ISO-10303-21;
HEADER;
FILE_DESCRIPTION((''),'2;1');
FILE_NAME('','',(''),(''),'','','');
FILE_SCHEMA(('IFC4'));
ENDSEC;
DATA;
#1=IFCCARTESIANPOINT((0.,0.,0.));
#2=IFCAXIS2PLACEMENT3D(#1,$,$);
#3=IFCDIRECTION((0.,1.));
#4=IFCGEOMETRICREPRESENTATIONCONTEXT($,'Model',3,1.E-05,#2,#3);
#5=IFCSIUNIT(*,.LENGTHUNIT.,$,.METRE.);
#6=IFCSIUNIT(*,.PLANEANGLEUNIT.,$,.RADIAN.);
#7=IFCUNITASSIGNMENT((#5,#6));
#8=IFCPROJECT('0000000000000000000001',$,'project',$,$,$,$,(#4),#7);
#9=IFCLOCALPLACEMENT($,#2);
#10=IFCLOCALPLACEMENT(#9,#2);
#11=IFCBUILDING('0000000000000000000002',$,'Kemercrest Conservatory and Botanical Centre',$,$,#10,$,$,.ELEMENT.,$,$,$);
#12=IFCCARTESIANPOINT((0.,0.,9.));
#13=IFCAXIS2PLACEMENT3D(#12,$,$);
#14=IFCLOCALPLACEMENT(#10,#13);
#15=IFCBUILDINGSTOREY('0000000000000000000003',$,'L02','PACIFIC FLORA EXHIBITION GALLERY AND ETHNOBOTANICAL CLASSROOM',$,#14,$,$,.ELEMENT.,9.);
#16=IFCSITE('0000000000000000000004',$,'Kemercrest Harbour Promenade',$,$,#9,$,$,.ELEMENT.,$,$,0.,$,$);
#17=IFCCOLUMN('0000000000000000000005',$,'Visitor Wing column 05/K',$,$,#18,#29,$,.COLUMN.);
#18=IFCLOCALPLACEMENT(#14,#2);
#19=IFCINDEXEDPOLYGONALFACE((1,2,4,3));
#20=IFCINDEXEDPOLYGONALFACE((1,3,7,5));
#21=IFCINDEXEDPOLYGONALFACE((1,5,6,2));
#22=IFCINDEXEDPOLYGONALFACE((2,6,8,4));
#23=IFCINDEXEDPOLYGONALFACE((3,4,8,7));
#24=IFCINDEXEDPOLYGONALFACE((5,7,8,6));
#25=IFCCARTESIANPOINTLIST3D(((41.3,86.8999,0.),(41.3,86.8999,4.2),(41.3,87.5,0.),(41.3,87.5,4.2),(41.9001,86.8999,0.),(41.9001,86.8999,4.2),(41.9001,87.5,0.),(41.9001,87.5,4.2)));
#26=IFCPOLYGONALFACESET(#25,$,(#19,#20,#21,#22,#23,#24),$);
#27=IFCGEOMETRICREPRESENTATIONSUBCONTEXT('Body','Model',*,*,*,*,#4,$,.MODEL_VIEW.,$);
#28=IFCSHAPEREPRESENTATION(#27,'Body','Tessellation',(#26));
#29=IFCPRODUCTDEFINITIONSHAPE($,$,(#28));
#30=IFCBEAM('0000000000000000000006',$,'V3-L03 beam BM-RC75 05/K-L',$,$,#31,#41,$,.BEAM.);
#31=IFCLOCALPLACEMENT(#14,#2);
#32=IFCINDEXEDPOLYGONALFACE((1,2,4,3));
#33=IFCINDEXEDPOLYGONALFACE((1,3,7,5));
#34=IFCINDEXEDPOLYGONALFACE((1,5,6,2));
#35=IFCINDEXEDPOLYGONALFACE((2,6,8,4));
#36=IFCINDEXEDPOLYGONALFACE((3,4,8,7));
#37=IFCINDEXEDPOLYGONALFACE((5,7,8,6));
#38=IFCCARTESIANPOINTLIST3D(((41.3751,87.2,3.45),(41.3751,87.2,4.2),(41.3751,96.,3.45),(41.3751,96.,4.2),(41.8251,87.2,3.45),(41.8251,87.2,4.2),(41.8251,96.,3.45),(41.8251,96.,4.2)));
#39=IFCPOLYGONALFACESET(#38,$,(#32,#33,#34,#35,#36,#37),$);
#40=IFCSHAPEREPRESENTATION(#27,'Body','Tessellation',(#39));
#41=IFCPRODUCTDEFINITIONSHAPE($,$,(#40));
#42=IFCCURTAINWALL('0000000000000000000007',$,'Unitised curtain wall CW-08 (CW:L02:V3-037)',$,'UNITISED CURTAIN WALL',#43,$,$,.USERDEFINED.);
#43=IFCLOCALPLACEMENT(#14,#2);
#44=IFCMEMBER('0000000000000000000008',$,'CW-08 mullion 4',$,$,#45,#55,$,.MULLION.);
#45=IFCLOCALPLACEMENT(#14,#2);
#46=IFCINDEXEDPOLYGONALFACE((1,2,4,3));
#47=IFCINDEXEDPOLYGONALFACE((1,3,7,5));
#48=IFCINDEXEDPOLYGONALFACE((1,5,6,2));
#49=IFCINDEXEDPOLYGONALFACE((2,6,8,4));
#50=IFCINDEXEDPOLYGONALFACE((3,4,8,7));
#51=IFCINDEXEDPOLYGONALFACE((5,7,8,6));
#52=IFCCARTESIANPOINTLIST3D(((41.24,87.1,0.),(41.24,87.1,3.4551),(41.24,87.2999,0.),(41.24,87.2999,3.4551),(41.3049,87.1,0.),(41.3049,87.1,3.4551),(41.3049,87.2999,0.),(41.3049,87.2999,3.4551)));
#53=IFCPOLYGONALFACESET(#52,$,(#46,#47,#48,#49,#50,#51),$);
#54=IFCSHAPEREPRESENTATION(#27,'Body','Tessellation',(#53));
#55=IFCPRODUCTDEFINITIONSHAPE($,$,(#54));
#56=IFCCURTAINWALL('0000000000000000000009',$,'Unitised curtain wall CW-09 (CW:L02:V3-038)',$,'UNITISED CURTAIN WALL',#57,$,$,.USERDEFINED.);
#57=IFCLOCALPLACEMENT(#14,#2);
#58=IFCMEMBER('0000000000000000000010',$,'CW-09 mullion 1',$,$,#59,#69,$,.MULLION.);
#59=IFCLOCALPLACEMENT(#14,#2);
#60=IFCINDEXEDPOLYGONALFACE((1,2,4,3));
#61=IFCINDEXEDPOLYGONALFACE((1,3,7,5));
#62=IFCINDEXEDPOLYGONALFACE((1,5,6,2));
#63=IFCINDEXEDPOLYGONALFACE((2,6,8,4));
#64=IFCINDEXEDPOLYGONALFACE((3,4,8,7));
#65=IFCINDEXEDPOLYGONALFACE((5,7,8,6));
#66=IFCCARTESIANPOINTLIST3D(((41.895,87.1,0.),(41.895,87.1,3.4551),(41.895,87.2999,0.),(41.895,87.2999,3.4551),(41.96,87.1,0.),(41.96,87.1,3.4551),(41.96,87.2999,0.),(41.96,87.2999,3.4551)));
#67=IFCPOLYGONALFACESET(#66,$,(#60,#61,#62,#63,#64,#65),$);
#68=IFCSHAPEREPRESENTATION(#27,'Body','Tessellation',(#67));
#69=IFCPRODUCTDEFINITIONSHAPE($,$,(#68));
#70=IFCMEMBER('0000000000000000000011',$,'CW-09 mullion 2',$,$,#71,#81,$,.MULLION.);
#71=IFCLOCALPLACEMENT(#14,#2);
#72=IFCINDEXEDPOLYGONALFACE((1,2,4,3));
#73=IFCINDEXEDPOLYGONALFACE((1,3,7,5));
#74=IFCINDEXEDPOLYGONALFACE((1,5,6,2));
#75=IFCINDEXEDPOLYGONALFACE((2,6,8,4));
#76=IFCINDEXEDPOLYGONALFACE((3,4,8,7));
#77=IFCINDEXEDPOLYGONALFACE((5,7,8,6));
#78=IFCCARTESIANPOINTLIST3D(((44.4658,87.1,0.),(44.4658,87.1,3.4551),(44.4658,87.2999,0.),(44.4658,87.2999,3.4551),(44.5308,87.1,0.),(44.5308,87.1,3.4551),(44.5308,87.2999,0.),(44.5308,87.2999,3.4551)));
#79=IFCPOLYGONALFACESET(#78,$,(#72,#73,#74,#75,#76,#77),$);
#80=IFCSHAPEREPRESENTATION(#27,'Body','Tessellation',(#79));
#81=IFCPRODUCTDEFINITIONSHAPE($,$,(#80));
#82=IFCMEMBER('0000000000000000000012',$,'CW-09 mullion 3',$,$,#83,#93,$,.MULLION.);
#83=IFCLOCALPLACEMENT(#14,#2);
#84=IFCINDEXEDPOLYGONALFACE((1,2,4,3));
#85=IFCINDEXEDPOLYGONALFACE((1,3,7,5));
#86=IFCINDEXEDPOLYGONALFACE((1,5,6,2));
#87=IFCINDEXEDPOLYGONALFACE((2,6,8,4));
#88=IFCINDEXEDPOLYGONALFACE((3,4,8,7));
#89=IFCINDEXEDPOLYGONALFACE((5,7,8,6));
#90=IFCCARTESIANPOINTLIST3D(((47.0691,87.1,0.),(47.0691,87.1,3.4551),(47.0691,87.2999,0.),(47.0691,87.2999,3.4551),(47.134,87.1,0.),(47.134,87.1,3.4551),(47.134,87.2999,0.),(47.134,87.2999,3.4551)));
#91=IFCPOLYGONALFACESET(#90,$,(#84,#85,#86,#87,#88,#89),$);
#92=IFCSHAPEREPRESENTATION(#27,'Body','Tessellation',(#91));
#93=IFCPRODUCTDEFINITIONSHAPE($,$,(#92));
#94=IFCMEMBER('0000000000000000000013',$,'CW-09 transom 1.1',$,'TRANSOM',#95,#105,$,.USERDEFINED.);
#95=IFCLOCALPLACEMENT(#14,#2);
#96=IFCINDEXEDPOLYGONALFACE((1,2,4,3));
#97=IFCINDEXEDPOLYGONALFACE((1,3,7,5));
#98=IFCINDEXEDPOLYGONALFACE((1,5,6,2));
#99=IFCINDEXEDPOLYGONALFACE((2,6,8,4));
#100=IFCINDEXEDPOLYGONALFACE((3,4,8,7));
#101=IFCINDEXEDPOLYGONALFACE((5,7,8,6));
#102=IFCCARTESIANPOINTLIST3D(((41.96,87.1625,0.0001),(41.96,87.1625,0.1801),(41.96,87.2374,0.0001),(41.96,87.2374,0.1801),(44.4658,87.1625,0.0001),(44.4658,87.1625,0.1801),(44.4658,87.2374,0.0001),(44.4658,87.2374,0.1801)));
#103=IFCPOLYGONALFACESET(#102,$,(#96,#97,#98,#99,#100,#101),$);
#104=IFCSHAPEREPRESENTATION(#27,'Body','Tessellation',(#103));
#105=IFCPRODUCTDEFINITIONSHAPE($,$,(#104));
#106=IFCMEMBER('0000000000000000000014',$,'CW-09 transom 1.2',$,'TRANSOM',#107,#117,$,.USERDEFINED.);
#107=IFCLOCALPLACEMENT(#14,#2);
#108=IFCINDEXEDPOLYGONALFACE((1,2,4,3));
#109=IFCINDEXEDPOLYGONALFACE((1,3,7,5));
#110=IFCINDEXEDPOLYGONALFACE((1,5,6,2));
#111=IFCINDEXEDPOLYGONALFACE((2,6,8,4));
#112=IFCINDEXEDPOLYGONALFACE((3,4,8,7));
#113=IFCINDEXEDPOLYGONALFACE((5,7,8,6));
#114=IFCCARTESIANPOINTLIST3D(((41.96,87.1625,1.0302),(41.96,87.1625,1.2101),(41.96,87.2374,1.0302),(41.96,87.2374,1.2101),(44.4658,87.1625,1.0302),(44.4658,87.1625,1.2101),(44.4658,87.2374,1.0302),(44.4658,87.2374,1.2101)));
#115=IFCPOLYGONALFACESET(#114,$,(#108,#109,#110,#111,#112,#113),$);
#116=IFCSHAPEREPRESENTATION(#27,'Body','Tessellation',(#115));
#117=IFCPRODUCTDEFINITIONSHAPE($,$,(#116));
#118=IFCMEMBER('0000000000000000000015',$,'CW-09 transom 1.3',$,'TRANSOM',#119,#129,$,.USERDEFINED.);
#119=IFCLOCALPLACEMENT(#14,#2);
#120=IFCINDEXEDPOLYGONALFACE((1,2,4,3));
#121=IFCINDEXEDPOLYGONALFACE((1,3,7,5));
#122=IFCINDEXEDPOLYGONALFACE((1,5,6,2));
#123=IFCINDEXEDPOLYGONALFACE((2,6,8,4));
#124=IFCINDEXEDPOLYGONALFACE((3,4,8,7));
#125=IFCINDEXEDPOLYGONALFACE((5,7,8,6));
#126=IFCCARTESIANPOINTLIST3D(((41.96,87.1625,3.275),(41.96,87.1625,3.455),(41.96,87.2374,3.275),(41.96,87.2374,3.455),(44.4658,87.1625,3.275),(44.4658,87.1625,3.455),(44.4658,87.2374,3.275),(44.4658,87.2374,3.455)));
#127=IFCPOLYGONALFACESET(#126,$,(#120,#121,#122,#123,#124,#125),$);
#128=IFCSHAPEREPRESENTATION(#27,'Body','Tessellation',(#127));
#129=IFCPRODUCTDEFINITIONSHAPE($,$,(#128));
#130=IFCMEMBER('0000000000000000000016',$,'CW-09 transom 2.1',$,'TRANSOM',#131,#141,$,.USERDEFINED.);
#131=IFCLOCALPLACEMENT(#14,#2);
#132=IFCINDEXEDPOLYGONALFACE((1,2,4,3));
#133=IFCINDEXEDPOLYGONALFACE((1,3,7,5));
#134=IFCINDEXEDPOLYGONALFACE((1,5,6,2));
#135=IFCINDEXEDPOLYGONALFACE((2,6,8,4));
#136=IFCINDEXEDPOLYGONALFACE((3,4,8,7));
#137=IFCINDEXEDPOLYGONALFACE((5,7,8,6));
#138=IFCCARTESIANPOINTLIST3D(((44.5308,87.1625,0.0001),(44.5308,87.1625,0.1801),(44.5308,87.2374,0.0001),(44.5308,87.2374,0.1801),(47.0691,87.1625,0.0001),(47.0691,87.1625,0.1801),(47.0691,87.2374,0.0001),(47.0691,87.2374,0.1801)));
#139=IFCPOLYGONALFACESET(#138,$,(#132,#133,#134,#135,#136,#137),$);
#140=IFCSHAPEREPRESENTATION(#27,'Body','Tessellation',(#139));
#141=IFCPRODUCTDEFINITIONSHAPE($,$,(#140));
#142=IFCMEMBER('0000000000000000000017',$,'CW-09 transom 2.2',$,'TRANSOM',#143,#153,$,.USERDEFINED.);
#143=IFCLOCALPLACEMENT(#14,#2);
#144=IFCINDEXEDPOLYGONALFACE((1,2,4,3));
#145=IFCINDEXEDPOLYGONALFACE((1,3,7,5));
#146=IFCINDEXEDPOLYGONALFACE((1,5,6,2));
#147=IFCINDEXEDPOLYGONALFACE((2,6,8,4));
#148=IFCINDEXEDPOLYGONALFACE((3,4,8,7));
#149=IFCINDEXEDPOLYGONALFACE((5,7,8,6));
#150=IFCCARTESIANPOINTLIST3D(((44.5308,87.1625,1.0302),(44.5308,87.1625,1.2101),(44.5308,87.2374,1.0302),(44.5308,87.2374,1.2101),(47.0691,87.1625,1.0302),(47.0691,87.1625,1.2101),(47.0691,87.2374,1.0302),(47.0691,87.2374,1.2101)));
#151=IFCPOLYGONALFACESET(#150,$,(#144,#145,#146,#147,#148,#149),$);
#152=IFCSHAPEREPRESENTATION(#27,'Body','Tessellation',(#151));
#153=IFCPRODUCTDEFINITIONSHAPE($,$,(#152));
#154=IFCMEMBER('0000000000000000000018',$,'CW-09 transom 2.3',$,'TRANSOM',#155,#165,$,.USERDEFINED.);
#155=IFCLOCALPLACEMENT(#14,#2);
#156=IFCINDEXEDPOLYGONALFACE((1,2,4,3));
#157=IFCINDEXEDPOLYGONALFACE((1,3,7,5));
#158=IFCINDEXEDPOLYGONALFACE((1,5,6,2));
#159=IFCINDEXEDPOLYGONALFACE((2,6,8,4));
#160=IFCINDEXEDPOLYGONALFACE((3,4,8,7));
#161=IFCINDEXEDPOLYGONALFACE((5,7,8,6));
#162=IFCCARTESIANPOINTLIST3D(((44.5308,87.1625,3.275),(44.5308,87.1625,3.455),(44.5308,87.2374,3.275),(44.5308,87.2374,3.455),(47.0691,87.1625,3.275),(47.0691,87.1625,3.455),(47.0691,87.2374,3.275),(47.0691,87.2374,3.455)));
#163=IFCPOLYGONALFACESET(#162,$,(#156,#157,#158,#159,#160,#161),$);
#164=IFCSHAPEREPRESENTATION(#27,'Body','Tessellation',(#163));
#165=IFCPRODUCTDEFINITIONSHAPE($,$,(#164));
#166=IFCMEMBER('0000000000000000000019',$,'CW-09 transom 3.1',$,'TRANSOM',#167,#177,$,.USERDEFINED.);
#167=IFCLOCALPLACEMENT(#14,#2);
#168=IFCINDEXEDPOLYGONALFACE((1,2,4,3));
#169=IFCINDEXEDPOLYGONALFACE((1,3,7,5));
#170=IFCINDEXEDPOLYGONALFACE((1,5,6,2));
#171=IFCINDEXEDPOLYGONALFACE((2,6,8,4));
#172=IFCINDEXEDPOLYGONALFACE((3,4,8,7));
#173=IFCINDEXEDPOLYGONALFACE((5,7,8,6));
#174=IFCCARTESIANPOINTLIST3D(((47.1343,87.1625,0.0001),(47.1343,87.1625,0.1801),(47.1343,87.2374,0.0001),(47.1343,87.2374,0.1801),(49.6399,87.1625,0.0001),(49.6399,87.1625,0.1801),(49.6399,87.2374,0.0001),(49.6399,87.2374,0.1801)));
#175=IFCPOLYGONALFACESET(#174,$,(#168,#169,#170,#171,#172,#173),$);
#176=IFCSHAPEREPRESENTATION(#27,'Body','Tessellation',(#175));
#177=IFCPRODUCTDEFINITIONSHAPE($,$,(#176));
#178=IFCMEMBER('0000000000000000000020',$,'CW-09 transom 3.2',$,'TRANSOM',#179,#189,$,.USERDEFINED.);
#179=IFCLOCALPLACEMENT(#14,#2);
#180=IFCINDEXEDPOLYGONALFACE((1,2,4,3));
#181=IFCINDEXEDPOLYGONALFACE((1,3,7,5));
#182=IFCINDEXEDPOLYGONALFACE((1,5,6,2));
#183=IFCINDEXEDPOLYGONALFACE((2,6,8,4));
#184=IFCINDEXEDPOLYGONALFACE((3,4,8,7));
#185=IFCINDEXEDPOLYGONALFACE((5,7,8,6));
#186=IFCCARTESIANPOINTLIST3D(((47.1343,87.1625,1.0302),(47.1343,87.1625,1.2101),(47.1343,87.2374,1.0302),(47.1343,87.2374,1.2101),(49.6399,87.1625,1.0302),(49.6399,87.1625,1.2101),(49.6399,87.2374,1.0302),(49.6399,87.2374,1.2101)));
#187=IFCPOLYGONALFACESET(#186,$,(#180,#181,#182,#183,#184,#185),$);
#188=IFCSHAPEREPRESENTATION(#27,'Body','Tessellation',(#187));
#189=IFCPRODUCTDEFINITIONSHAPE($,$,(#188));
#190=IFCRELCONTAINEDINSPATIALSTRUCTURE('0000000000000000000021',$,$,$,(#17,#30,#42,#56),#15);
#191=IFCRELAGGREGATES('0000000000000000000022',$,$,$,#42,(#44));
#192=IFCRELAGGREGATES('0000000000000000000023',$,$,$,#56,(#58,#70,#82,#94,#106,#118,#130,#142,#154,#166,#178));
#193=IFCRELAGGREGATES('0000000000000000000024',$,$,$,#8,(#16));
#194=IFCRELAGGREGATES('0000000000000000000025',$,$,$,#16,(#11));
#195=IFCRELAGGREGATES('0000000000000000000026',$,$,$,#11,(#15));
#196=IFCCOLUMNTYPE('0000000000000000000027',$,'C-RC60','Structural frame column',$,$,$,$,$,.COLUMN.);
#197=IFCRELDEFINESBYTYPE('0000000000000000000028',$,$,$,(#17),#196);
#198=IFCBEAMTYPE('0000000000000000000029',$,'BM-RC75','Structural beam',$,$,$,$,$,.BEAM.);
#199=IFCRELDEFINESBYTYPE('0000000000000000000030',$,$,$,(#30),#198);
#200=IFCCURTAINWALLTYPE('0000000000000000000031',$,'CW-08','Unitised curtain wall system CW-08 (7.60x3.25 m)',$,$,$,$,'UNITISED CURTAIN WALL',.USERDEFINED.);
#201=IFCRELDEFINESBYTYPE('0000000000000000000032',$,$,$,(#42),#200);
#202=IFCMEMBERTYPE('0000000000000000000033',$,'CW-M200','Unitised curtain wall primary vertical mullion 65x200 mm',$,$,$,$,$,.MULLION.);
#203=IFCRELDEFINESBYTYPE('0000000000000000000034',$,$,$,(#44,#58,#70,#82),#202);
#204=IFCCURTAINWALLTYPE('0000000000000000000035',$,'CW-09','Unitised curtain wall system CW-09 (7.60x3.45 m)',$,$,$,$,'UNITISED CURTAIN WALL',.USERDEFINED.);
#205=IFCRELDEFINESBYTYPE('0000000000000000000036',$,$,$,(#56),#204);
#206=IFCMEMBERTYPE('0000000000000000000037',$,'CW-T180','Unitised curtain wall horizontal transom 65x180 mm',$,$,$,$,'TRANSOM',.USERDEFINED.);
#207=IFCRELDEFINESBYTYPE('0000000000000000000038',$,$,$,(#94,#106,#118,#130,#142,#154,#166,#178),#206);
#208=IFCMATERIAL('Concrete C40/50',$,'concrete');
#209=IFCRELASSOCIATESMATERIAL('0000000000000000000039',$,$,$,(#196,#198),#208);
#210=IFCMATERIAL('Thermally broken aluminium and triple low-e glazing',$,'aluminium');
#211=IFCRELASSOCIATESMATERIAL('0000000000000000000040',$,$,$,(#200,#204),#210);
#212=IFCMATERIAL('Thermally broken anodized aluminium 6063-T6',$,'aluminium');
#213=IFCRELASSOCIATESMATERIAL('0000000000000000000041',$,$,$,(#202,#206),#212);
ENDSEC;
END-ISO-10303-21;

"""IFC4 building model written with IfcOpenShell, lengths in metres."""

from ifc_helpers import new_model, si_unit, direction, frame, origin, origin_2d, place, context, subcontext, project, spatial, rectangle, extrude, material, material_profile, profile_set, type_object, element, aggregate, save


model = new_model("IFC4")

# Units and contexts
model_context = context("Model", 3, precision=1e-05, world=origin(), true_north=direction((0.0, 1.0)))
body_context = subcontext(model_context, "Body", "Model", "MODEL_VIEW")
ifc_project = project(units=[si_unit("LENGTHUNIT", "METRE"), si_unit("PLANEANGLEUNIT", "RADIAN")], contexts=[model_context])

# Site, building, storey
site_placement = place(None, origin())
site = spatial("IfcSite", under=ifc_project, at=site_placement, Name="Kemercrest Harbour Promenade", CompositionType="ELEMENT", RefElevation=0.0)
building_placement = place(site_placement, origin())
building = spatial("IfcBuilding", under=site, at=building_placement, Name="Kemercrest Conservatory and Botanical Centre", CompositionType="ELEMENT")
storey_placement = place(building_placement, frame((0.0, 0.0, 9.0)))
storey = spatial("IfcBuildingStorey", under=building, at=storey_placement, Name="L02", Description="PACIFIC FLORA EXHIBITION GALLERY AND ETHNOBOTANICAL CLASSROOM", CompositionType="ELEMENT", Elevation=9.0)

# Column
ifc_material_1 = material(Name="Concrete C40/50", Category="concrete")
ifc_material_profile_1 = material_profile(ifc_material_1, rectangle(XDim=0.6001, YDim=0.6001, at=origin_2d()), Name="RC 600x600")
ifc_profile_set_1 = profile_set([ifc_material_profile_1], Name="Concrete C40/50")
column_type = type_object("IfcColumnType", Name="C-RC60", Description="Structural frame column", PredefinedType="COLUMN", material=ifc_profile_set_1)
column_placement = place(storey_placement, frame((41.6001, 87.2, 0.0), z_axis=(0.0, 0.0, 1.0), x_axis=(1.0, 0.0, 0.0)))
element("IfcColumn", 1, at=column_placement, inside=storey, type_object=column_type, Name="Visitor Wing column 05/K", PredefinedType="COLUMN", context=body_context, shape_type="SweptSolid", body=[
    extrude(rectangle(XDim=0.6001, YDim=0.6001, at=origin_2d()), origin(), (0.0, 0.0, 1.0), 4.2),
])

# Beam
ifc_material_profile_2 = material_profile(ifc_material_1, rectangle(XDim=0.45, YDim=0.75, at=origin_2d()), Name="RC 450x750")
ifc_profile_set_2 = profile_set([ifc_material_profile_2], Name="Concrete C40/50")
beam_type_1 = type_object("IfcBeamType", Name="BM-RC75", Description="Structural beam", PredefinedType="BEAM", material=ifc_profile_set_2)
beam_1_placement = place(storey_placement, frame((41.6001, 87.2, 3.825), z_axis=(0.0, 1.0, 0.0), x_axis=(-1.0, 0.0, 0.0)))
element("IfcBeam", 2, at=beam_1_placement, inside=storey, type_object=beam_type_1, Name="V3-L03 beam BM-RC75 05/K-L", PredefinedType="BEAM", context=body_context, shape_type="SweptSolid", body=[
    extrude(rectangle(XDim=0.45, YDim=0.75, at=origin_2d()), origin(), (0.0, 0.0, 1.0), 8.8),
])

# Curtain wall, member
ifc_material_2 = material(Name="Thermally broken aluminium and triple low-e glazing", Category="aluminium")
curtain_wall_type_1 = type_object("IfcCurtainWallType", Name="CW-08", Description="Unitised curtain wall system CW-08 (7.60x3.25 m)", ElementType="UNITISED CURTAIN WALL", PredefinedType="USERDEFINED", material=ifc_material_2)
curtain_wall_1_placement = place(storey_placement, origin())
curtain_wall_1 = element("IfcCurtainWall", 3, at=curtain_wall_1_placement, inside=storey, type_object=curtain_wall_type_1, Name="Unitised curtain wall CW-08 (CW:L02:V3-037)", ObjectType="UNITISED CURTAIN WALL", PredefinedType="USERDEFINED")
ifc_material_3 = material(Name="Thermally broken anodized aluminium 6063-T6", Category="aluminium")
ifc_material_profile_3 = material_profile(ifc_material_3, rectangle(XDim=0.2, YDim=0.0649, at=origin_2d()), Name="AL MULLION 65x200")
ifc_profile_set_3 = profile_set([ifc_material_profile_3], Name="Thermally broken anodized aluminium 6063-T6")
member_type_1 = type_object("IfcMemberType", Name="CW-M200", Description="Unitised curtain wall primary vertical mullion 65x200 mm", PredefinedType="MULLION", material=ifc_profile_set_3)
member_1_placement = place(storey_placement, frame((41.2725, 87.2, 0.0), z_axis=(0.0, 0.0, 1.0), x_axis=(0.0, 1.0, 0.0)))
member_1 = element("IfcMember", 4, at=member_1_placement, type_object=member_type_1, Name="CW-08 mullion 4", PredefinedType="MULLION", context=body_context, shape_type="SweptSolid", body=[
    extrude(rectangle(XDim=0.2, YDim=0.0649, at=origin_2d()), origin(), (0.0, 0.0, 1.0), 3.4551),
])

# Curtain wall, members
curtain_wall_type_2 = type_object("IfcCurtainWallType", Name="CW-09", Description="Unitised curtain wall system CW-09 (7.60x3.45 m)", ElementType="UNITISED CURTAIN WALL", PredefinedType="USERDEFINED", material=ifc_material_2)
curtain_wall_2_placement = place(storey_placement, origin())
curtain_wall_2 = element("IfcCurtainWall", 5, at=curtain_wall_2_placement, inside=storey, type_object=curtain_wall_type_2, Name="Unitised curtain wall CW-09 (CW:L02:V3-038)", ObjectType="UNITISED CURTAIN WALL", PredefinedType="USERDEFINED")
member_2_placement = place(storey_placement, frame((41.9275, 87.2, 0.0), z_axis=(0.0, 0.0, 1.0), x_axis=(0.0, 1.0, 0.0)))
member_2 = element("IfcMember", 6, at=member_2_placement, type_object=member_type_1, Name="CW-09 mullion 1", PredefinedType="MULLION", context=body_context, shape_type="SweptSolid", body=[
    extrude(rectangle(XDim=0.2, YDim=0.0649, at=origin_2d()), origin(), (0.0, 0.0, 1.0), 3.4551),
])
member_3_placement = place(storey_placement, frame((44.4983, 87.2, 0.0), z_axis=(0.0, 0.0, 1.0), x_axis=(0.0, 1.0, 0.0)))
member_3 = element("IfcMember", 7, at=member_3_placement, type_object=member_type_1, Name="CW-09 mullion 2", PredefinedType="MULLION", context=body_context, shape_type="SweptSolid", body=[
    extrude(rectangle(XDim=0.2, YDim=0.0649, at=origin_2d()), origin(), (0.0, 0.0, 1.0), 3.4551),
])
member_4_placement = place(storey_placement, frame((47.1016, 87.2, 0.0), z_axis=(0.0, 0.0, 1.0), x_axis=(0.0, 1.0, 0.0)))
member_4 = element("IfcMember", 8, at=member_4_placement, type_object=member_type_1, Name="CW-09 mullion 3", PredefinedType="MULLION", context=body_context, shape_type="SweptSolid", body=[
    extrude(rectangle(XDim=0.2, YDim=0.0649, at=origin_2d()), origin(), (0.0, 0.0, 1.0), 3.4551),
])
ifc_material_profile_4 = material_profile(ifc_material_3, rectangle(XDim=0.075, YDim=0.1799, at=origin_2d()), Name="AL TRANSOM 75x180")
ifc_profile_set_4 = profile_set([ifc_material_profile_4], Name="Thermally broken anodized aluminium 6063-T6")
member_type_2 = type_object("IfcMemberType", Name="CW-T180", Description="Unitised curtain wall horizontal transom 65x180 mm", ElementType="TRANSOM", PredefinedType="USERDEFINED", material=ifc_profile_set_4)
member_5_placement = place(storey_placement, frame((41.96, 87.2, 0.0901), z_axis=(1.0, 0.0, 0.0), x_axis=(0.0, 1.0, 0.0)))
member_5 = element("IfcMember", 9, at=member_5_placement, type_object=member_type_2, Name="CW-09 transom 1.1", ObjectType="TRANSOM", PredefinedType="USERDEFINED", context=body_context, shape_type="SweptSolid", body=[
    extrude(rectangle(XDim=0.075, YDim=0.1799, at=origin_2d()), origin(), (0.0, 0.0, 1.0), 2.5059),
])
member_6_placement = place(storey_placement, frame((41.96, 87.2, 1.1201), z_axis=(1.0, 0.0, 0.0), x_axis=(0.0, 1.0, 0.0)))
member_6 = element("IfcMember", 10, at=member_6_placement, type_object=member_type_2, Name="CW-09 transom 1.2", ObjectType="TRANSOM", PredefinedType="USERDEFINED", context=body_context, shape_type="SweptSolid", body=[
    extrude(rectangle(XDim=0.075, YDim=0.1799, at=origin_2d()), origin(), (0.0, 0.0, 1.0), 2.5059),
])
member_7_placement = place(storey_placement, frame((41.96, 87.2, 3.365), z_axis=(1.0, 0.0, 0.0), x_axis=(0.0, 1.0, 0.0)))
member_7 = element("IfcMember", 11, at=member_7_placement, type_object=member_type_2, Name="CW-09 transom 1.3", ObjectType="TRANSOM", PredefinedType="USERDEFINED", context=body_context, shape_type="SweptSolid", body=[
    extrude(rectangle(XDim=0.075, YDim=0.1799, at=origin_2d()), origin(), (0.0, 0.0, 1.0), 2.5059),
])
member_8_placement = place(storey_placement, frame((44.5308, 87.2, 0.0901), z_axis=(1.0, 0.0, 0.0), x_axis=(0.0, 1.0, 0.0)))
member_8 = element("IfcMember", 12, at=member_8_placement, type_object=member_type_2, Name="CW-09 transom 2.1", ObjectType="TRANSOM", PredefinedType="USERDEFINED", context=body_context, shape_type="SweptSolid", body=[
    extrude(rectangle(XDim=0.075, YDim=0.1799, at=origin_2d()), origin(), (0.0, 0.0, 1.0), 2.5383),
])
member_9_placement = place(storey_placement, frame((44.5308, 87.2, 1.1201), z_axis=(1.0, 0.0, 0.0), x_axis=(0.0, 1.0, 0.0)))
member_9 = element("IfcMember", 13, at=member_9_placement, type_object=member_type_2, Name="CW-09 transom 2.2", ObjectType="TRANSOM", PredefinedType="USERDEFINED", context=body_context, shape_type="SweptSolid", body=[
    extrude(rectangle(XDim=0.075, YDim=0.1799, at=origin_2d()), origin(), (0.0, 0.0, 1.0), 2.5383),
])
member_10_placement = place(storey_placement, frame((44.5308, 87.2, 3.365), z_axis=(1.0, 0.0, 0.0), x_axis=(0.0, 1.0, 0.0)))
member_10 = element("IfcMember", 14, at=member_10_placement, type_object=member_type_2, Name="CW-09 transom 2.3", ObjectType="TRANSOM", PredefinedType="USERDEFINED", context=body_context, shape_type="SweptSolid", body=[
    extrude(rectangle(XDim=0.075, YDim=0.1799, at=origin_2d()), origin(), (0.0, 0.0, 1.0), 2.5383),
])
member_11_placement = place(storey_placement, frame((47.1343, 87.2, 0.0901), z_axis=(1.0, 0.0, 0.0), x_axis=(0.0, 1.0, 0.0)))
member_11 = element("IfcMember", 15, at=member_11_placement, type_object=member_type_2, Name="CW-09 transom 3.1", ObjectType="TRANSOM", PredefinedType="USERDEFINED", context=body_context, shape_type="SweptSolid", body=[
    extrude(rectangle(XDim=0.075, YDim=0.1799, at=origin_2d()), origin(), (0.0, 0.0, 1.0), 2.5056),
])
member_12_placement = place(storey_placement, frame((47.1343, 87.2, 1.1201), z_axis=(1.0, 0.0, 0.0), x_axis=(0.0, 1.0, 0.0)))
member_12 = element("IfcMember", 16, at=member_12_placement, type_object=member_type_2, Name="CW-09 transom 3.2", ObjectType="TRANSOM", PredefinedType="USERDEFINED", context=body_context, shape_type="SweptSolid", body=[
    extrude(rectangle(XDim=0.075, YDim=0.1799, at=origin_2d()), origin(), (0.0, 0.0, 1.0), 2.5056),
])

aggregate(curtain_wall_1, [member_1])
aggregate(curtain_wall_2, [member_2, member_3, member_4, member_5, member_6, member_7, member_8, member_9, member_10, member_11, member_12])

save(model, "model.ifc")
